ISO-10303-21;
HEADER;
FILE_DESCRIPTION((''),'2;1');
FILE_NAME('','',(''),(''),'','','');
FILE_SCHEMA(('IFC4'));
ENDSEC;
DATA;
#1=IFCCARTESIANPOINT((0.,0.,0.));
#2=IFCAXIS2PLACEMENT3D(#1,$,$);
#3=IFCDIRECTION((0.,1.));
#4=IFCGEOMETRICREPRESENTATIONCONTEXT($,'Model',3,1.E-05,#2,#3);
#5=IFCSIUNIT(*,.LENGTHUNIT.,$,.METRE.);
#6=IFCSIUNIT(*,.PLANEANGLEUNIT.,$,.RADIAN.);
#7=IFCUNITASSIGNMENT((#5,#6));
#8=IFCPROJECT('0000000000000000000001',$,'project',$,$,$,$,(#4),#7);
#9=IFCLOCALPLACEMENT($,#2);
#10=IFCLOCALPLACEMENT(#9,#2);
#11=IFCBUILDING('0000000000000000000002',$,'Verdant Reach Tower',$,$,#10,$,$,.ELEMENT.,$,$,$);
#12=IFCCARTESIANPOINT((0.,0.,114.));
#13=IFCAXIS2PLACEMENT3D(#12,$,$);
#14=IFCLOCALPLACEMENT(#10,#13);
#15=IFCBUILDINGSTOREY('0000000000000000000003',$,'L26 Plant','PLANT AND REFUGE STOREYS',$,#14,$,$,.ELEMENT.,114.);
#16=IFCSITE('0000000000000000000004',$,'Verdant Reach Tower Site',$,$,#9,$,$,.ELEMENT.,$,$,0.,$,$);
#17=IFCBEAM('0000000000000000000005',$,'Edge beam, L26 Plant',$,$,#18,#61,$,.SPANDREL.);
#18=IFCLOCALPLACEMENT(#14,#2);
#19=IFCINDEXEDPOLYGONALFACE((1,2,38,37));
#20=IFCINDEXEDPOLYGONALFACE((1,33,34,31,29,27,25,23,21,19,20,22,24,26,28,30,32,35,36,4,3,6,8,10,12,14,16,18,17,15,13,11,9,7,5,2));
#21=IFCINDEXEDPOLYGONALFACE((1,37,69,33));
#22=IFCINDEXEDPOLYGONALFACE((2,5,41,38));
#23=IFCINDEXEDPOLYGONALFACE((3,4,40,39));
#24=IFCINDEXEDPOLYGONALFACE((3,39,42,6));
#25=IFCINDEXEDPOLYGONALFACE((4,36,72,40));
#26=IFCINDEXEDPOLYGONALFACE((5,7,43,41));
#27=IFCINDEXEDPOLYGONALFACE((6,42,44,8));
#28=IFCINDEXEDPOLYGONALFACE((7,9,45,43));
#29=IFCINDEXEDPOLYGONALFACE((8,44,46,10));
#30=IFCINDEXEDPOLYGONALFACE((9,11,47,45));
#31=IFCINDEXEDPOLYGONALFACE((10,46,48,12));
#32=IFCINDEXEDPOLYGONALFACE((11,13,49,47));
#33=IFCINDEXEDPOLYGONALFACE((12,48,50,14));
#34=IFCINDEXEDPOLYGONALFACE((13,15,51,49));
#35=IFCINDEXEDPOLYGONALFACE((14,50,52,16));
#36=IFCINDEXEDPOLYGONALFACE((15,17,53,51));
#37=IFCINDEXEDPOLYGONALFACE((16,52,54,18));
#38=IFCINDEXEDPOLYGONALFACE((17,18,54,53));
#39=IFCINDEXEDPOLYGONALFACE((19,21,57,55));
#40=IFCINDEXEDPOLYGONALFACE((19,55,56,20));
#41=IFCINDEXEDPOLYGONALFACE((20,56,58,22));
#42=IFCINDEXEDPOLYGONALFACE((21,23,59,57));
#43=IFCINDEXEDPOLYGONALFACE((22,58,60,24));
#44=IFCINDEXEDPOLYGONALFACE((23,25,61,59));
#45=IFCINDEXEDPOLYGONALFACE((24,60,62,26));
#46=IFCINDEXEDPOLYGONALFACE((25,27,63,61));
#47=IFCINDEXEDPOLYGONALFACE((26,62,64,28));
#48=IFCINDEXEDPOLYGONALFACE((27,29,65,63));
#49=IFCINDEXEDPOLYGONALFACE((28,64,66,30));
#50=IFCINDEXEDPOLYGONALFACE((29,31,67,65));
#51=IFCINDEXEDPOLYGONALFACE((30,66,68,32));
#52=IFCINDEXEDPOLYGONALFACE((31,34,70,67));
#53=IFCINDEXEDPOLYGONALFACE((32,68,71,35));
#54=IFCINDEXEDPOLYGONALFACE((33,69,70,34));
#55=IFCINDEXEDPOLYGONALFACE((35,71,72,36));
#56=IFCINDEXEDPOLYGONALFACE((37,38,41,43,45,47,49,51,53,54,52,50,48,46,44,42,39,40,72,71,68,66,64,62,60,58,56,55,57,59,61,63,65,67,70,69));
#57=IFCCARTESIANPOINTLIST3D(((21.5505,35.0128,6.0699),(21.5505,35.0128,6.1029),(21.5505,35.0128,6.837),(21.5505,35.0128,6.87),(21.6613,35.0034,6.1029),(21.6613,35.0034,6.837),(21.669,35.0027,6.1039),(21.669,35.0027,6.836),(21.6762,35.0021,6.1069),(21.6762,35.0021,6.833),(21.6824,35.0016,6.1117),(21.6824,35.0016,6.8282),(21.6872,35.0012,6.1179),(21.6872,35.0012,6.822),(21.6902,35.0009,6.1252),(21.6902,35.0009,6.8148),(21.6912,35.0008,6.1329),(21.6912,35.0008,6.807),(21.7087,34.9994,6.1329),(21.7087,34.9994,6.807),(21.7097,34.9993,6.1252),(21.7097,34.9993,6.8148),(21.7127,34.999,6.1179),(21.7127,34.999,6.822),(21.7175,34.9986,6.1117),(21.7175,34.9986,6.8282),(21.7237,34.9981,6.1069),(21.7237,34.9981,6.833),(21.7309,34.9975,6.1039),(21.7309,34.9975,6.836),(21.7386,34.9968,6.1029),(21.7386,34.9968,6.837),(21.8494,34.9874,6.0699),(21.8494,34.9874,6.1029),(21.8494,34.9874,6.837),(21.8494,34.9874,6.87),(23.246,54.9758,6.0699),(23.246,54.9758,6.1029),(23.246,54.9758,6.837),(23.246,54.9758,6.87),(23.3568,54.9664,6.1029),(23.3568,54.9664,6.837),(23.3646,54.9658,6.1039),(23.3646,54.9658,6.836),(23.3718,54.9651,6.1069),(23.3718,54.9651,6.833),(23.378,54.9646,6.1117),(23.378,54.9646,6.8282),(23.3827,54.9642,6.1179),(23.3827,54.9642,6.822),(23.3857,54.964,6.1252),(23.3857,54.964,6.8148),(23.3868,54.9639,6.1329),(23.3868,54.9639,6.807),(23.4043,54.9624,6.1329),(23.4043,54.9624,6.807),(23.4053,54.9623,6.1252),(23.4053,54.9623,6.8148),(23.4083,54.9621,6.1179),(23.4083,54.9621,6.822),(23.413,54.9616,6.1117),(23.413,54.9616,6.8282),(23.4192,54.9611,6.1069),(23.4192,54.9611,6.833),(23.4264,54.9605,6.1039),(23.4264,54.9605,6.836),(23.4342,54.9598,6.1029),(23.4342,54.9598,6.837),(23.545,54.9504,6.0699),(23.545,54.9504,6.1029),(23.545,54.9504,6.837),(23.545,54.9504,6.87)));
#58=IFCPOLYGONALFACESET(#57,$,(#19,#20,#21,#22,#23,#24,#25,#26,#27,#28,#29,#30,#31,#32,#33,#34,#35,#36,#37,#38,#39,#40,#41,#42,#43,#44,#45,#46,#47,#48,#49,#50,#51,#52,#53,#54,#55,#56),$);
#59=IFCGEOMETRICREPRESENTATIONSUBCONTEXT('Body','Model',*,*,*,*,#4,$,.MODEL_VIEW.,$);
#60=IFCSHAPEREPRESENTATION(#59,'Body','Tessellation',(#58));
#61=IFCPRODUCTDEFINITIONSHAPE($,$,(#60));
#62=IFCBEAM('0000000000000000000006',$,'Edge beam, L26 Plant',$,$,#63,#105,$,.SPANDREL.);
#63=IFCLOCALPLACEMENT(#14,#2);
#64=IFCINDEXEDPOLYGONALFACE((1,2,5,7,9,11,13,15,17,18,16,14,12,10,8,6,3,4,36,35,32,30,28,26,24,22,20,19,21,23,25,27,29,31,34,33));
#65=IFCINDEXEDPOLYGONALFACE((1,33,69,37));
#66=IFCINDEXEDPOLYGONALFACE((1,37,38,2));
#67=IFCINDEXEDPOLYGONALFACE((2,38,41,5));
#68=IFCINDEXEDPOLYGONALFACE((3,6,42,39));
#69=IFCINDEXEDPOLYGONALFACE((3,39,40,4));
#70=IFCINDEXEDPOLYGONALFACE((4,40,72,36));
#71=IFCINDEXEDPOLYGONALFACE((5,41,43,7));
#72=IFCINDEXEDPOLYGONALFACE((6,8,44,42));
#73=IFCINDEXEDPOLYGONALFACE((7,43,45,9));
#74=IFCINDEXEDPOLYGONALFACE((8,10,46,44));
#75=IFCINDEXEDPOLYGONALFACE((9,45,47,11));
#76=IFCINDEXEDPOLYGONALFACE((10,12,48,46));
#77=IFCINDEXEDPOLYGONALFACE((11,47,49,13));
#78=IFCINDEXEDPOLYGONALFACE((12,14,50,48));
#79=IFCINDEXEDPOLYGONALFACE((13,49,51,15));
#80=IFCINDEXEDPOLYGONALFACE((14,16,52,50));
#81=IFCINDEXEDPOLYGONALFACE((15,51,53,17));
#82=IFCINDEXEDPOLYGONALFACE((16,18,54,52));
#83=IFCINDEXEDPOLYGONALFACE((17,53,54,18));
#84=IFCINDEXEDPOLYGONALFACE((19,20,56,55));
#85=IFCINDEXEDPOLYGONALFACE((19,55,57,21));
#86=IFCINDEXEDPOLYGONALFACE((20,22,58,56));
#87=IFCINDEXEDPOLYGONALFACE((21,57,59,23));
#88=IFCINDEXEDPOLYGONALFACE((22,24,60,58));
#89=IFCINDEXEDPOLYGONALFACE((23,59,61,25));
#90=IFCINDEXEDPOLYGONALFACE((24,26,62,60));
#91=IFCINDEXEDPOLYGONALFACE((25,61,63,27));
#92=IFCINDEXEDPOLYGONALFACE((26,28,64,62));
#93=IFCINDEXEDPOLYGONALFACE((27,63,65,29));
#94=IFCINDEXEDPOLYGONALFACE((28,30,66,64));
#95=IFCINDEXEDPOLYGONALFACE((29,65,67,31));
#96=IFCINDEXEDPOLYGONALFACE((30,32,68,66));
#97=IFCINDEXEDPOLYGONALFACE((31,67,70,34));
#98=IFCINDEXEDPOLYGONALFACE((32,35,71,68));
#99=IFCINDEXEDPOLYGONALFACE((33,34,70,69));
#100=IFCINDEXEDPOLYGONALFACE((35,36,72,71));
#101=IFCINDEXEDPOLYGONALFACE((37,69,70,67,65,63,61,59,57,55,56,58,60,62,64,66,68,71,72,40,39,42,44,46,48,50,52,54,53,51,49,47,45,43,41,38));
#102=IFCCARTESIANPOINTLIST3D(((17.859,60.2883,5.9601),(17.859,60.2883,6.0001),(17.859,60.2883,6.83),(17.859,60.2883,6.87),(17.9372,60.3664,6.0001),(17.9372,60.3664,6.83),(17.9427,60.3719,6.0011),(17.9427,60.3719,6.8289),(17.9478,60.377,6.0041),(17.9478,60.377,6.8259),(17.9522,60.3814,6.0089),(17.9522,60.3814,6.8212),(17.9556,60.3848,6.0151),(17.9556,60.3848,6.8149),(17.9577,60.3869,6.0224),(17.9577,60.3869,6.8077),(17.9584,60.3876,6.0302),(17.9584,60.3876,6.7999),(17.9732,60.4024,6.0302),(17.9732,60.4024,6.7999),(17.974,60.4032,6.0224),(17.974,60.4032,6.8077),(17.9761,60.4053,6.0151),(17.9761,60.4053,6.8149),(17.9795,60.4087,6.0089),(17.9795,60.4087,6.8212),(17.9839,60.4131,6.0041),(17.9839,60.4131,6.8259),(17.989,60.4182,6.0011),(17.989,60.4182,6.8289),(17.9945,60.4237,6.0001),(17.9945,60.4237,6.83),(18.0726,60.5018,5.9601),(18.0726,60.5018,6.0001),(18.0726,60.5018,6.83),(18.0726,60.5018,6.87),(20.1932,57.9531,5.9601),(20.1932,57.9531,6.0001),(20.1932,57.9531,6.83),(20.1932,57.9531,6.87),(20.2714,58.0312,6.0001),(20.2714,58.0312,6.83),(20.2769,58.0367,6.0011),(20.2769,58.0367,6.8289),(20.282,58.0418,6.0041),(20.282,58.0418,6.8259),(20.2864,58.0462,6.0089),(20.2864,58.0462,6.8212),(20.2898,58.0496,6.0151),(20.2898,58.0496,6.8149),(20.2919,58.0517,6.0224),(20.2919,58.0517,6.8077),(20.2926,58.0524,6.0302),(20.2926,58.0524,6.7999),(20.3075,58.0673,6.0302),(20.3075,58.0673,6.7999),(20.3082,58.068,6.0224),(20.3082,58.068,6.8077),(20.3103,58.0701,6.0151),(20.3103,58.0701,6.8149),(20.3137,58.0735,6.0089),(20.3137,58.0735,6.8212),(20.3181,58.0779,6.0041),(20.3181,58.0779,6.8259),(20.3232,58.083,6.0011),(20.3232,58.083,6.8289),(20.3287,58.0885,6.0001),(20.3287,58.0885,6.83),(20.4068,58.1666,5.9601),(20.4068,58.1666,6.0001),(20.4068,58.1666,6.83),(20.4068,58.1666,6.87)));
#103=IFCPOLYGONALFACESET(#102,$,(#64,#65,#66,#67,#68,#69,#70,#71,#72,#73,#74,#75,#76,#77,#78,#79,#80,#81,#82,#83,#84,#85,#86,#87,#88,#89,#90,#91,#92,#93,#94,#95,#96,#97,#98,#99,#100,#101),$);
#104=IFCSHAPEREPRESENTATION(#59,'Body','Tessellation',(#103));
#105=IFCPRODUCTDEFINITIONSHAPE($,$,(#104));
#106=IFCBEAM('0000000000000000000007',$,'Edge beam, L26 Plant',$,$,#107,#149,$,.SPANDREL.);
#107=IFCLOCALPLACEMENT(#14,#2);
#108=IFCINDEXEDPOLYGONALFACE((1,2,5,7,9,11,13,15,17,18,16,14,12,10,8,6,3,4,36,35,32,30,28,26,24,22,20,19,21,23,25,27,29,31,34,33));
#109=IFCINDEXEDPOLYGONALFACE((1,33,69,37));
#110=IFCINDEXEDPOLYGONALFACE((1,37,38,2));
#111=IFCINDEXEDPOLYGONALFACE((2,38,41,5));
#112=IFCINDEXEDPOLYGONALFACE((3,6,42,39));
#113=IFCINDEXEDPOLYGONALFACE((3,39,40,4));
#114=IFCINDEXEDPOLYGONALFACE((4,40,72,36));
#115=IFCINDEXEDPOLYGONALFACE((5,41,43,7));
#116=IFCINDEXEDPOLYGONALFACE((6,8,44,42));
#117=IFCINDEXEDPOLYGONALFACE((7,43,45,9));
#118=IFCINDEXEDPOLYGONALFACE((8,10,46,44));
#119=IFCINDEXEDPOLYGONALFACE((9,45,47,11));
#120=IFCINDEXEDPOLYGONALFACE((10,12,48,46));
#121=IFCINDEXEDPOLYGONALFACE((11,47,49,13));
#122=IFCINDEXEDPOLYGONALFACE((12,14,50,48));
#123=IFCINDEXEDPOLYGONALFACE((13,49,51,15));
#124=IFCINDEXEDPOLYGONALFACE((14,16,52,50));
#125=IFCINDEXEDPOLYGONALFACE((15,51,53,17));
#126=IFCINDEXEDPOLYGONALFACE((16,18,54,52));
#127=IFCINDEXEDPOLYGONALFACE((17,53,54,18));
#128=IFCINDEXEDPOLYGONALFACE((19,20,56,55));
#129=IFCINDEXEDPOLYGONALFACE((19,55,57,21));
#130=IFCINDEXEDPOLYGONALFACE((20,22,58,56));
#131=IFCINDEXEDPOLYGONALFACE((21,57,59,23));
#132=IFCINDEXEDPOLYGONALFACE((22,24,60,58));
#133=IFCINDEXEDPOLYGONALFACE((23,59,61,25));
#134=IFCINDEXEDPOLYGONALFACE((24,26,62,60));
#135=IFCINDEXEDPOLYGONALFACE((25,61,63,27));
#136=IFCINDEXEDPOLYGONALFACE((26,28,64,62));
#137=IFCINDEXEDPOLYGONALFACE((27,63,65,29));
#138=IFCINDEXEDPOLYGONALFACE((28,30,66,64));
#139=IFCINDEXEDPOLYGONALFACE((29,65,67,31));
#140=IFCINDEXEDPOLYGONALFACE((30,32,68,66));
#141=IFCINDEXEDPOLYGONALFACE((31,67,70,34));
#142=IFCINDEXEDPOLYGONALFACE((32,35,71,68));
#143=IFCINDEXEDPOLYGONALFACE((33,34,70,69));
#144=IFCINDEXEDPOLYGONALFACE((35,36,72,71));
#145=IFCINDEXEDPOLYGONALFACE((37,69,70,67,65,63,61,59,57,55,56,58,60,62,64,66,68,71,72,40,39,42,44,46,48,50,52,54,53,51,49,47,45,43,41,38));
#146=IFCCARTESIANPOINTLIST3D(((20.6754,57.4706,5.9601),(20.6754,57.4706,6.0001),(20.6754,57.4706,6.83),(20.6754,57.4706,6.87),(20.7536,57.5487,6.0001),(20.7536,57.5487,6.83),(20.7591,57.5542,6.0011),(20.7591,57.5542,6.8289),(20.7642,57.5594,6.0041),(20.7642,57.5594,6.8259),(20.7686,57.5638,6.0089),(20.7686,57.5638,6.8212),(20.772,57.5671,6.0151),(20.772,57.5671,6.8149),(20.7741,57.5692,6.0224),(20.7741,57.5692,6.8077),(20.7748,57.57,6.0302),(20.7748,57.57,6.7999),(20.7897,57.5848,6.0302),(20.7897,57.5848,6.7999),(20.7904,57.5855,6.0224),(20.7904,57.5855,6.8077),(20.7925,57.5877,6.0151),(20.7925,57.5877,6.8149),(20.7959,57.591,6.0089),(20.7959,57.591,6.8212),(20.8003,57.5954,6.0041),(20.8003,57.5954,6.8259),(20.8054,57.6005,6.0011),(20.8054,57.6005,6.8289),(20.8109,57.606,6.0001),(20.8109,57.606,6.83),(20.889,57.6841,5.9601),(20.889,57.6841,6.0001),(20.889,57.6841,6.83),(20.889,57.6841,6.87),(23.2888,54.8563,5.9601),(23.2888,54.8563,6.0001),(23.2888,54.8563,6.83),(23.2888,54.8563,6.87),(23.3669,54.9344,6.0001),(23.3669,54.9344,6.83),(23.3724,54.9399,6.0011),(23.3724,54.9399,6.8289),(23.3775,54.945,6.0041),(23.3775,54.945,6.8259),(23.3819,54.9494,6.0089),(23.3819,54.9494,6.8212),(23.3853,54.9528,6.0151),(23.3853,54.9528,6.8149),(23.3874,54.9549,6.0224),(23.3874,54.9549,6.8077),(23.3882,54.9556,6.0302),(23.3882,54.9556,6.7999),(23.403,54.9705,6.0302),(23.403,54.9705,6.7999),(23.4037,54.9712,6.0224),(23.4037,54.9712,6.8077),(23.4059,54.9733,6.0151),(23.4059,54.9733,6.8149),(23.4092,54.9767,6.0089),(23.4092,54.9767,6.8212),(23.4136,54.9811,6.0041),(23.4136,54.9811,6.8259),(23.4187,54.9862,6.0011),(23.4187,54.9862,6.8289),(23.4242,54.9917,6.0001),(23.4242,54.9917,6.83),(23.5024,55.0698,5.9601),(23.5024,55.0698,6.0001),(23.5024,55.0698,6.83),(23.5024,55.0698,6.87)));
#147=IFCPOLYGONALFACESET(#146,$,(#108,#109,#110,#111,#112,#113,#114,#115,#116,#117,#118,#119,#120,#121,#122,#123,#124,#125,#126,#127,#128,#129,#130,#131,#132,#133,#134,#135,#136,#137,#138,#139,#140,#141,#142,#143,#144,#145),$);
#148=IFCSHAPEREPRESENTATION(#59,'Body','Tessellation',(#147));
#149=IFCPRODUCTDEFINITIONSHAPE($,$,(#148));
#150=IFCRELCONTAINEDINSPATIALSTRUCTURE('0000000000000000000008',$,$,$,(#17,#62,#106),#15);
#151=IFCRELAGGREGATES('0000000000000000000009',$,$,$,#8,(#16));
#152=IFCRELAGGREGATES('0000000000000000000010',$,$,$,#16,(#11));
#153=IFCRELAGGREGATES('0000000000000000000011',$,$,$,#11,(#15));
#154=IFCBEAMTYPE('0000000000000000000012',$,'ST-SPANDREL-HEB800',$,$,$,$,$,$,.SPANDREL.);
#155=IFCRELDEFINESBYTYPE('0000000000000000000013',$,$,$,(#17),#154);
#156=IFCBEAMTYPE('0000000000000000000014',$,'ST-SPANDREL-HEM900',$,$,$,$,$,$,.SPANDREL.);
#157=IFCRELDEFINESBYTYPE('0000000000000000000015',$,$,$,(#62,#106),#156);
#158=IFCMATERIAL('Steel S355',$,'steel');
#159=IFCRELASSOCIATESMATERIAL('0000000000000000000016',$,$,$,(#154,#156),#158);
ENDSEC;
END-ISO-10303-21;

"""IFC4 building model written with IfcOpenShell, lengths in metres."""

from ifc_helpers import new_model, si_unit, direction, frame, origin, origin_2d, place, context, subcontext, project, spatial, i_section, extrude, material, material_profile, profile_set, type_object, element, save


model = new_model("IFC4")

# Units and contexts
model_context = context("Model", 3, precision=1e-05, world=origin(), true_north=direction((0.0, 1.0)))
body_context = subcontext(model_context, "Body", "Model", "MODEL_VIEW")
ifc_project = project(units=[si_unit("LENGTHUNIT", "METRE"), si_unit("PLANEANGLEUNIT", "RADIAN")], contexts=[model_context])

# Site, building, storey
site_placement = place(None, origin())
site = spatial("IfcSite", under=ifc_project, at=site_placement, Name="Verdant Reach Tower Site", CompositionType="ELEMENT", RefElevation=0.0)
building_placement = place(site_placement, origin())
building = spatial("IfcBuilding", under=site, at=building_placement, Name="Verdant Reach Tower", CompositionType="ELEMENT")
storey_placement = place(building_placement, frame((0.0, 0.0, 114.0)))
storey = spatial("IfcBuildingStorey", under=building, at=storey_placement, Name="L26 Plant", Description="PLANT AND REFUGE STOREYS", CompositionType="ELEMENT", Elevation=114.0)

# Beams
ifc_material_1 = material(Name="Steel S355", Category="steel")
ifc_material_profile_1 = material_profile(ifc_material_1, i_section(OverallWidth=0.3, OverallDepth=0.8, WebThickness=0.0176, FlangeThickness=0.033, FilletRadius=0.03, at=origin_2d()), Name="HEB 800")
ifc_profile_set_1 = profile_set([ifc_material_profile_1], Name="Steel S355")
beam_type_1 = type_object("IfcBeamType", Name="ST-SPANDREL-HEB800", PredefinedType="SPANDREL", material=ifc_profile_set_1)
beam_1_placement = place(storey_placement, frame((23.3955, 54.9631, 6.47), z_axis=(-0.08463, -0.996412, 0.0), x_axis=(0.996412, -0.08463, 0.0)))
element("IfcBeam", 1, at=beam_1_placement, inside=storey, type_object=beam_type_1, Name="Edge beam, L26 Plant", PredefinedType="SPANDREL", context=body_context, shape_type="SweptSolid", body=[
    extrude(i_section(OverallWidth=0.3, OverallDepth=0.8, WebThickness=0.0176, FlangeThickness=0.033, FilletRadius=0.03, at=origin_2d()), origin(), (0.0, 0.0, 1.0), 20.0349),
])
ifc_material_profile_2 = material_profile(ifc_material_1, i_section(OverallWidth=0.302, OverallDepth=0.9099, WebThickness=0.021, FlangeThickness=0.04, FilletRadius=0.03, at=origin_2d()), Name="HEM 900")
ifc_profile_set_2 = profile_set([ifc_material_profile_2], Name="Steel S355")
beam_type_2 = type_object("IfcBeamType", Name="ST-SPANDREL-HEM900", PredefinedType="SPANDREL", material=ifc_profile_set_2)
beam_2_placement = place(storey_placement, frame((17.9658, 60.395, 6.415), z_axis=(0.706959, -0.707255, 0.0), x_axis=(0.707255, 0.706959, 0.0)))
element("IfcBeam", 2, at=beam_2_placement, inside=storey, type_object=beam_type_2, Name="Edge beam, L26 Plant", PredefinedType="SPANDREL", context=body_context, shape_type="SweptSolid", body=[
    extrude(i_section(OverallWidth=0.302, OverallDepth=0.9099, WebThickness=0.021, FlangeThickness=0.04, FilletRadius=0.03, at=origin_2d()), origin(), (0.0, 0.0, 1.0), 3.3018),
])
beam_3_placement = place(storey_placement, frame((20.7822, 57.5774, 6.415), z_axis=(0.706975, -0.707239, 0.0), x_axis=(0.707239, 0.706975, 0.0)))
element("IfcBeam", 3, at=beam_3_placement, inside=storey, type_object=beam_type_2, Name="Edge beam, L26 Plant", PredefinedType="SPANDREL", context=body_context, shape_type="SweptSolid", body=[
    extrude(i_section(OverallWidth=0.302, OverallDepth=0.9099, WebThickness=0.021, FlangeThickness=0.04, FilletRadius=0.03, at=origin_2d()), origin(), (0.0, 0.0, 1.0), 3.6965),
])

save(model, "model.ifc")
